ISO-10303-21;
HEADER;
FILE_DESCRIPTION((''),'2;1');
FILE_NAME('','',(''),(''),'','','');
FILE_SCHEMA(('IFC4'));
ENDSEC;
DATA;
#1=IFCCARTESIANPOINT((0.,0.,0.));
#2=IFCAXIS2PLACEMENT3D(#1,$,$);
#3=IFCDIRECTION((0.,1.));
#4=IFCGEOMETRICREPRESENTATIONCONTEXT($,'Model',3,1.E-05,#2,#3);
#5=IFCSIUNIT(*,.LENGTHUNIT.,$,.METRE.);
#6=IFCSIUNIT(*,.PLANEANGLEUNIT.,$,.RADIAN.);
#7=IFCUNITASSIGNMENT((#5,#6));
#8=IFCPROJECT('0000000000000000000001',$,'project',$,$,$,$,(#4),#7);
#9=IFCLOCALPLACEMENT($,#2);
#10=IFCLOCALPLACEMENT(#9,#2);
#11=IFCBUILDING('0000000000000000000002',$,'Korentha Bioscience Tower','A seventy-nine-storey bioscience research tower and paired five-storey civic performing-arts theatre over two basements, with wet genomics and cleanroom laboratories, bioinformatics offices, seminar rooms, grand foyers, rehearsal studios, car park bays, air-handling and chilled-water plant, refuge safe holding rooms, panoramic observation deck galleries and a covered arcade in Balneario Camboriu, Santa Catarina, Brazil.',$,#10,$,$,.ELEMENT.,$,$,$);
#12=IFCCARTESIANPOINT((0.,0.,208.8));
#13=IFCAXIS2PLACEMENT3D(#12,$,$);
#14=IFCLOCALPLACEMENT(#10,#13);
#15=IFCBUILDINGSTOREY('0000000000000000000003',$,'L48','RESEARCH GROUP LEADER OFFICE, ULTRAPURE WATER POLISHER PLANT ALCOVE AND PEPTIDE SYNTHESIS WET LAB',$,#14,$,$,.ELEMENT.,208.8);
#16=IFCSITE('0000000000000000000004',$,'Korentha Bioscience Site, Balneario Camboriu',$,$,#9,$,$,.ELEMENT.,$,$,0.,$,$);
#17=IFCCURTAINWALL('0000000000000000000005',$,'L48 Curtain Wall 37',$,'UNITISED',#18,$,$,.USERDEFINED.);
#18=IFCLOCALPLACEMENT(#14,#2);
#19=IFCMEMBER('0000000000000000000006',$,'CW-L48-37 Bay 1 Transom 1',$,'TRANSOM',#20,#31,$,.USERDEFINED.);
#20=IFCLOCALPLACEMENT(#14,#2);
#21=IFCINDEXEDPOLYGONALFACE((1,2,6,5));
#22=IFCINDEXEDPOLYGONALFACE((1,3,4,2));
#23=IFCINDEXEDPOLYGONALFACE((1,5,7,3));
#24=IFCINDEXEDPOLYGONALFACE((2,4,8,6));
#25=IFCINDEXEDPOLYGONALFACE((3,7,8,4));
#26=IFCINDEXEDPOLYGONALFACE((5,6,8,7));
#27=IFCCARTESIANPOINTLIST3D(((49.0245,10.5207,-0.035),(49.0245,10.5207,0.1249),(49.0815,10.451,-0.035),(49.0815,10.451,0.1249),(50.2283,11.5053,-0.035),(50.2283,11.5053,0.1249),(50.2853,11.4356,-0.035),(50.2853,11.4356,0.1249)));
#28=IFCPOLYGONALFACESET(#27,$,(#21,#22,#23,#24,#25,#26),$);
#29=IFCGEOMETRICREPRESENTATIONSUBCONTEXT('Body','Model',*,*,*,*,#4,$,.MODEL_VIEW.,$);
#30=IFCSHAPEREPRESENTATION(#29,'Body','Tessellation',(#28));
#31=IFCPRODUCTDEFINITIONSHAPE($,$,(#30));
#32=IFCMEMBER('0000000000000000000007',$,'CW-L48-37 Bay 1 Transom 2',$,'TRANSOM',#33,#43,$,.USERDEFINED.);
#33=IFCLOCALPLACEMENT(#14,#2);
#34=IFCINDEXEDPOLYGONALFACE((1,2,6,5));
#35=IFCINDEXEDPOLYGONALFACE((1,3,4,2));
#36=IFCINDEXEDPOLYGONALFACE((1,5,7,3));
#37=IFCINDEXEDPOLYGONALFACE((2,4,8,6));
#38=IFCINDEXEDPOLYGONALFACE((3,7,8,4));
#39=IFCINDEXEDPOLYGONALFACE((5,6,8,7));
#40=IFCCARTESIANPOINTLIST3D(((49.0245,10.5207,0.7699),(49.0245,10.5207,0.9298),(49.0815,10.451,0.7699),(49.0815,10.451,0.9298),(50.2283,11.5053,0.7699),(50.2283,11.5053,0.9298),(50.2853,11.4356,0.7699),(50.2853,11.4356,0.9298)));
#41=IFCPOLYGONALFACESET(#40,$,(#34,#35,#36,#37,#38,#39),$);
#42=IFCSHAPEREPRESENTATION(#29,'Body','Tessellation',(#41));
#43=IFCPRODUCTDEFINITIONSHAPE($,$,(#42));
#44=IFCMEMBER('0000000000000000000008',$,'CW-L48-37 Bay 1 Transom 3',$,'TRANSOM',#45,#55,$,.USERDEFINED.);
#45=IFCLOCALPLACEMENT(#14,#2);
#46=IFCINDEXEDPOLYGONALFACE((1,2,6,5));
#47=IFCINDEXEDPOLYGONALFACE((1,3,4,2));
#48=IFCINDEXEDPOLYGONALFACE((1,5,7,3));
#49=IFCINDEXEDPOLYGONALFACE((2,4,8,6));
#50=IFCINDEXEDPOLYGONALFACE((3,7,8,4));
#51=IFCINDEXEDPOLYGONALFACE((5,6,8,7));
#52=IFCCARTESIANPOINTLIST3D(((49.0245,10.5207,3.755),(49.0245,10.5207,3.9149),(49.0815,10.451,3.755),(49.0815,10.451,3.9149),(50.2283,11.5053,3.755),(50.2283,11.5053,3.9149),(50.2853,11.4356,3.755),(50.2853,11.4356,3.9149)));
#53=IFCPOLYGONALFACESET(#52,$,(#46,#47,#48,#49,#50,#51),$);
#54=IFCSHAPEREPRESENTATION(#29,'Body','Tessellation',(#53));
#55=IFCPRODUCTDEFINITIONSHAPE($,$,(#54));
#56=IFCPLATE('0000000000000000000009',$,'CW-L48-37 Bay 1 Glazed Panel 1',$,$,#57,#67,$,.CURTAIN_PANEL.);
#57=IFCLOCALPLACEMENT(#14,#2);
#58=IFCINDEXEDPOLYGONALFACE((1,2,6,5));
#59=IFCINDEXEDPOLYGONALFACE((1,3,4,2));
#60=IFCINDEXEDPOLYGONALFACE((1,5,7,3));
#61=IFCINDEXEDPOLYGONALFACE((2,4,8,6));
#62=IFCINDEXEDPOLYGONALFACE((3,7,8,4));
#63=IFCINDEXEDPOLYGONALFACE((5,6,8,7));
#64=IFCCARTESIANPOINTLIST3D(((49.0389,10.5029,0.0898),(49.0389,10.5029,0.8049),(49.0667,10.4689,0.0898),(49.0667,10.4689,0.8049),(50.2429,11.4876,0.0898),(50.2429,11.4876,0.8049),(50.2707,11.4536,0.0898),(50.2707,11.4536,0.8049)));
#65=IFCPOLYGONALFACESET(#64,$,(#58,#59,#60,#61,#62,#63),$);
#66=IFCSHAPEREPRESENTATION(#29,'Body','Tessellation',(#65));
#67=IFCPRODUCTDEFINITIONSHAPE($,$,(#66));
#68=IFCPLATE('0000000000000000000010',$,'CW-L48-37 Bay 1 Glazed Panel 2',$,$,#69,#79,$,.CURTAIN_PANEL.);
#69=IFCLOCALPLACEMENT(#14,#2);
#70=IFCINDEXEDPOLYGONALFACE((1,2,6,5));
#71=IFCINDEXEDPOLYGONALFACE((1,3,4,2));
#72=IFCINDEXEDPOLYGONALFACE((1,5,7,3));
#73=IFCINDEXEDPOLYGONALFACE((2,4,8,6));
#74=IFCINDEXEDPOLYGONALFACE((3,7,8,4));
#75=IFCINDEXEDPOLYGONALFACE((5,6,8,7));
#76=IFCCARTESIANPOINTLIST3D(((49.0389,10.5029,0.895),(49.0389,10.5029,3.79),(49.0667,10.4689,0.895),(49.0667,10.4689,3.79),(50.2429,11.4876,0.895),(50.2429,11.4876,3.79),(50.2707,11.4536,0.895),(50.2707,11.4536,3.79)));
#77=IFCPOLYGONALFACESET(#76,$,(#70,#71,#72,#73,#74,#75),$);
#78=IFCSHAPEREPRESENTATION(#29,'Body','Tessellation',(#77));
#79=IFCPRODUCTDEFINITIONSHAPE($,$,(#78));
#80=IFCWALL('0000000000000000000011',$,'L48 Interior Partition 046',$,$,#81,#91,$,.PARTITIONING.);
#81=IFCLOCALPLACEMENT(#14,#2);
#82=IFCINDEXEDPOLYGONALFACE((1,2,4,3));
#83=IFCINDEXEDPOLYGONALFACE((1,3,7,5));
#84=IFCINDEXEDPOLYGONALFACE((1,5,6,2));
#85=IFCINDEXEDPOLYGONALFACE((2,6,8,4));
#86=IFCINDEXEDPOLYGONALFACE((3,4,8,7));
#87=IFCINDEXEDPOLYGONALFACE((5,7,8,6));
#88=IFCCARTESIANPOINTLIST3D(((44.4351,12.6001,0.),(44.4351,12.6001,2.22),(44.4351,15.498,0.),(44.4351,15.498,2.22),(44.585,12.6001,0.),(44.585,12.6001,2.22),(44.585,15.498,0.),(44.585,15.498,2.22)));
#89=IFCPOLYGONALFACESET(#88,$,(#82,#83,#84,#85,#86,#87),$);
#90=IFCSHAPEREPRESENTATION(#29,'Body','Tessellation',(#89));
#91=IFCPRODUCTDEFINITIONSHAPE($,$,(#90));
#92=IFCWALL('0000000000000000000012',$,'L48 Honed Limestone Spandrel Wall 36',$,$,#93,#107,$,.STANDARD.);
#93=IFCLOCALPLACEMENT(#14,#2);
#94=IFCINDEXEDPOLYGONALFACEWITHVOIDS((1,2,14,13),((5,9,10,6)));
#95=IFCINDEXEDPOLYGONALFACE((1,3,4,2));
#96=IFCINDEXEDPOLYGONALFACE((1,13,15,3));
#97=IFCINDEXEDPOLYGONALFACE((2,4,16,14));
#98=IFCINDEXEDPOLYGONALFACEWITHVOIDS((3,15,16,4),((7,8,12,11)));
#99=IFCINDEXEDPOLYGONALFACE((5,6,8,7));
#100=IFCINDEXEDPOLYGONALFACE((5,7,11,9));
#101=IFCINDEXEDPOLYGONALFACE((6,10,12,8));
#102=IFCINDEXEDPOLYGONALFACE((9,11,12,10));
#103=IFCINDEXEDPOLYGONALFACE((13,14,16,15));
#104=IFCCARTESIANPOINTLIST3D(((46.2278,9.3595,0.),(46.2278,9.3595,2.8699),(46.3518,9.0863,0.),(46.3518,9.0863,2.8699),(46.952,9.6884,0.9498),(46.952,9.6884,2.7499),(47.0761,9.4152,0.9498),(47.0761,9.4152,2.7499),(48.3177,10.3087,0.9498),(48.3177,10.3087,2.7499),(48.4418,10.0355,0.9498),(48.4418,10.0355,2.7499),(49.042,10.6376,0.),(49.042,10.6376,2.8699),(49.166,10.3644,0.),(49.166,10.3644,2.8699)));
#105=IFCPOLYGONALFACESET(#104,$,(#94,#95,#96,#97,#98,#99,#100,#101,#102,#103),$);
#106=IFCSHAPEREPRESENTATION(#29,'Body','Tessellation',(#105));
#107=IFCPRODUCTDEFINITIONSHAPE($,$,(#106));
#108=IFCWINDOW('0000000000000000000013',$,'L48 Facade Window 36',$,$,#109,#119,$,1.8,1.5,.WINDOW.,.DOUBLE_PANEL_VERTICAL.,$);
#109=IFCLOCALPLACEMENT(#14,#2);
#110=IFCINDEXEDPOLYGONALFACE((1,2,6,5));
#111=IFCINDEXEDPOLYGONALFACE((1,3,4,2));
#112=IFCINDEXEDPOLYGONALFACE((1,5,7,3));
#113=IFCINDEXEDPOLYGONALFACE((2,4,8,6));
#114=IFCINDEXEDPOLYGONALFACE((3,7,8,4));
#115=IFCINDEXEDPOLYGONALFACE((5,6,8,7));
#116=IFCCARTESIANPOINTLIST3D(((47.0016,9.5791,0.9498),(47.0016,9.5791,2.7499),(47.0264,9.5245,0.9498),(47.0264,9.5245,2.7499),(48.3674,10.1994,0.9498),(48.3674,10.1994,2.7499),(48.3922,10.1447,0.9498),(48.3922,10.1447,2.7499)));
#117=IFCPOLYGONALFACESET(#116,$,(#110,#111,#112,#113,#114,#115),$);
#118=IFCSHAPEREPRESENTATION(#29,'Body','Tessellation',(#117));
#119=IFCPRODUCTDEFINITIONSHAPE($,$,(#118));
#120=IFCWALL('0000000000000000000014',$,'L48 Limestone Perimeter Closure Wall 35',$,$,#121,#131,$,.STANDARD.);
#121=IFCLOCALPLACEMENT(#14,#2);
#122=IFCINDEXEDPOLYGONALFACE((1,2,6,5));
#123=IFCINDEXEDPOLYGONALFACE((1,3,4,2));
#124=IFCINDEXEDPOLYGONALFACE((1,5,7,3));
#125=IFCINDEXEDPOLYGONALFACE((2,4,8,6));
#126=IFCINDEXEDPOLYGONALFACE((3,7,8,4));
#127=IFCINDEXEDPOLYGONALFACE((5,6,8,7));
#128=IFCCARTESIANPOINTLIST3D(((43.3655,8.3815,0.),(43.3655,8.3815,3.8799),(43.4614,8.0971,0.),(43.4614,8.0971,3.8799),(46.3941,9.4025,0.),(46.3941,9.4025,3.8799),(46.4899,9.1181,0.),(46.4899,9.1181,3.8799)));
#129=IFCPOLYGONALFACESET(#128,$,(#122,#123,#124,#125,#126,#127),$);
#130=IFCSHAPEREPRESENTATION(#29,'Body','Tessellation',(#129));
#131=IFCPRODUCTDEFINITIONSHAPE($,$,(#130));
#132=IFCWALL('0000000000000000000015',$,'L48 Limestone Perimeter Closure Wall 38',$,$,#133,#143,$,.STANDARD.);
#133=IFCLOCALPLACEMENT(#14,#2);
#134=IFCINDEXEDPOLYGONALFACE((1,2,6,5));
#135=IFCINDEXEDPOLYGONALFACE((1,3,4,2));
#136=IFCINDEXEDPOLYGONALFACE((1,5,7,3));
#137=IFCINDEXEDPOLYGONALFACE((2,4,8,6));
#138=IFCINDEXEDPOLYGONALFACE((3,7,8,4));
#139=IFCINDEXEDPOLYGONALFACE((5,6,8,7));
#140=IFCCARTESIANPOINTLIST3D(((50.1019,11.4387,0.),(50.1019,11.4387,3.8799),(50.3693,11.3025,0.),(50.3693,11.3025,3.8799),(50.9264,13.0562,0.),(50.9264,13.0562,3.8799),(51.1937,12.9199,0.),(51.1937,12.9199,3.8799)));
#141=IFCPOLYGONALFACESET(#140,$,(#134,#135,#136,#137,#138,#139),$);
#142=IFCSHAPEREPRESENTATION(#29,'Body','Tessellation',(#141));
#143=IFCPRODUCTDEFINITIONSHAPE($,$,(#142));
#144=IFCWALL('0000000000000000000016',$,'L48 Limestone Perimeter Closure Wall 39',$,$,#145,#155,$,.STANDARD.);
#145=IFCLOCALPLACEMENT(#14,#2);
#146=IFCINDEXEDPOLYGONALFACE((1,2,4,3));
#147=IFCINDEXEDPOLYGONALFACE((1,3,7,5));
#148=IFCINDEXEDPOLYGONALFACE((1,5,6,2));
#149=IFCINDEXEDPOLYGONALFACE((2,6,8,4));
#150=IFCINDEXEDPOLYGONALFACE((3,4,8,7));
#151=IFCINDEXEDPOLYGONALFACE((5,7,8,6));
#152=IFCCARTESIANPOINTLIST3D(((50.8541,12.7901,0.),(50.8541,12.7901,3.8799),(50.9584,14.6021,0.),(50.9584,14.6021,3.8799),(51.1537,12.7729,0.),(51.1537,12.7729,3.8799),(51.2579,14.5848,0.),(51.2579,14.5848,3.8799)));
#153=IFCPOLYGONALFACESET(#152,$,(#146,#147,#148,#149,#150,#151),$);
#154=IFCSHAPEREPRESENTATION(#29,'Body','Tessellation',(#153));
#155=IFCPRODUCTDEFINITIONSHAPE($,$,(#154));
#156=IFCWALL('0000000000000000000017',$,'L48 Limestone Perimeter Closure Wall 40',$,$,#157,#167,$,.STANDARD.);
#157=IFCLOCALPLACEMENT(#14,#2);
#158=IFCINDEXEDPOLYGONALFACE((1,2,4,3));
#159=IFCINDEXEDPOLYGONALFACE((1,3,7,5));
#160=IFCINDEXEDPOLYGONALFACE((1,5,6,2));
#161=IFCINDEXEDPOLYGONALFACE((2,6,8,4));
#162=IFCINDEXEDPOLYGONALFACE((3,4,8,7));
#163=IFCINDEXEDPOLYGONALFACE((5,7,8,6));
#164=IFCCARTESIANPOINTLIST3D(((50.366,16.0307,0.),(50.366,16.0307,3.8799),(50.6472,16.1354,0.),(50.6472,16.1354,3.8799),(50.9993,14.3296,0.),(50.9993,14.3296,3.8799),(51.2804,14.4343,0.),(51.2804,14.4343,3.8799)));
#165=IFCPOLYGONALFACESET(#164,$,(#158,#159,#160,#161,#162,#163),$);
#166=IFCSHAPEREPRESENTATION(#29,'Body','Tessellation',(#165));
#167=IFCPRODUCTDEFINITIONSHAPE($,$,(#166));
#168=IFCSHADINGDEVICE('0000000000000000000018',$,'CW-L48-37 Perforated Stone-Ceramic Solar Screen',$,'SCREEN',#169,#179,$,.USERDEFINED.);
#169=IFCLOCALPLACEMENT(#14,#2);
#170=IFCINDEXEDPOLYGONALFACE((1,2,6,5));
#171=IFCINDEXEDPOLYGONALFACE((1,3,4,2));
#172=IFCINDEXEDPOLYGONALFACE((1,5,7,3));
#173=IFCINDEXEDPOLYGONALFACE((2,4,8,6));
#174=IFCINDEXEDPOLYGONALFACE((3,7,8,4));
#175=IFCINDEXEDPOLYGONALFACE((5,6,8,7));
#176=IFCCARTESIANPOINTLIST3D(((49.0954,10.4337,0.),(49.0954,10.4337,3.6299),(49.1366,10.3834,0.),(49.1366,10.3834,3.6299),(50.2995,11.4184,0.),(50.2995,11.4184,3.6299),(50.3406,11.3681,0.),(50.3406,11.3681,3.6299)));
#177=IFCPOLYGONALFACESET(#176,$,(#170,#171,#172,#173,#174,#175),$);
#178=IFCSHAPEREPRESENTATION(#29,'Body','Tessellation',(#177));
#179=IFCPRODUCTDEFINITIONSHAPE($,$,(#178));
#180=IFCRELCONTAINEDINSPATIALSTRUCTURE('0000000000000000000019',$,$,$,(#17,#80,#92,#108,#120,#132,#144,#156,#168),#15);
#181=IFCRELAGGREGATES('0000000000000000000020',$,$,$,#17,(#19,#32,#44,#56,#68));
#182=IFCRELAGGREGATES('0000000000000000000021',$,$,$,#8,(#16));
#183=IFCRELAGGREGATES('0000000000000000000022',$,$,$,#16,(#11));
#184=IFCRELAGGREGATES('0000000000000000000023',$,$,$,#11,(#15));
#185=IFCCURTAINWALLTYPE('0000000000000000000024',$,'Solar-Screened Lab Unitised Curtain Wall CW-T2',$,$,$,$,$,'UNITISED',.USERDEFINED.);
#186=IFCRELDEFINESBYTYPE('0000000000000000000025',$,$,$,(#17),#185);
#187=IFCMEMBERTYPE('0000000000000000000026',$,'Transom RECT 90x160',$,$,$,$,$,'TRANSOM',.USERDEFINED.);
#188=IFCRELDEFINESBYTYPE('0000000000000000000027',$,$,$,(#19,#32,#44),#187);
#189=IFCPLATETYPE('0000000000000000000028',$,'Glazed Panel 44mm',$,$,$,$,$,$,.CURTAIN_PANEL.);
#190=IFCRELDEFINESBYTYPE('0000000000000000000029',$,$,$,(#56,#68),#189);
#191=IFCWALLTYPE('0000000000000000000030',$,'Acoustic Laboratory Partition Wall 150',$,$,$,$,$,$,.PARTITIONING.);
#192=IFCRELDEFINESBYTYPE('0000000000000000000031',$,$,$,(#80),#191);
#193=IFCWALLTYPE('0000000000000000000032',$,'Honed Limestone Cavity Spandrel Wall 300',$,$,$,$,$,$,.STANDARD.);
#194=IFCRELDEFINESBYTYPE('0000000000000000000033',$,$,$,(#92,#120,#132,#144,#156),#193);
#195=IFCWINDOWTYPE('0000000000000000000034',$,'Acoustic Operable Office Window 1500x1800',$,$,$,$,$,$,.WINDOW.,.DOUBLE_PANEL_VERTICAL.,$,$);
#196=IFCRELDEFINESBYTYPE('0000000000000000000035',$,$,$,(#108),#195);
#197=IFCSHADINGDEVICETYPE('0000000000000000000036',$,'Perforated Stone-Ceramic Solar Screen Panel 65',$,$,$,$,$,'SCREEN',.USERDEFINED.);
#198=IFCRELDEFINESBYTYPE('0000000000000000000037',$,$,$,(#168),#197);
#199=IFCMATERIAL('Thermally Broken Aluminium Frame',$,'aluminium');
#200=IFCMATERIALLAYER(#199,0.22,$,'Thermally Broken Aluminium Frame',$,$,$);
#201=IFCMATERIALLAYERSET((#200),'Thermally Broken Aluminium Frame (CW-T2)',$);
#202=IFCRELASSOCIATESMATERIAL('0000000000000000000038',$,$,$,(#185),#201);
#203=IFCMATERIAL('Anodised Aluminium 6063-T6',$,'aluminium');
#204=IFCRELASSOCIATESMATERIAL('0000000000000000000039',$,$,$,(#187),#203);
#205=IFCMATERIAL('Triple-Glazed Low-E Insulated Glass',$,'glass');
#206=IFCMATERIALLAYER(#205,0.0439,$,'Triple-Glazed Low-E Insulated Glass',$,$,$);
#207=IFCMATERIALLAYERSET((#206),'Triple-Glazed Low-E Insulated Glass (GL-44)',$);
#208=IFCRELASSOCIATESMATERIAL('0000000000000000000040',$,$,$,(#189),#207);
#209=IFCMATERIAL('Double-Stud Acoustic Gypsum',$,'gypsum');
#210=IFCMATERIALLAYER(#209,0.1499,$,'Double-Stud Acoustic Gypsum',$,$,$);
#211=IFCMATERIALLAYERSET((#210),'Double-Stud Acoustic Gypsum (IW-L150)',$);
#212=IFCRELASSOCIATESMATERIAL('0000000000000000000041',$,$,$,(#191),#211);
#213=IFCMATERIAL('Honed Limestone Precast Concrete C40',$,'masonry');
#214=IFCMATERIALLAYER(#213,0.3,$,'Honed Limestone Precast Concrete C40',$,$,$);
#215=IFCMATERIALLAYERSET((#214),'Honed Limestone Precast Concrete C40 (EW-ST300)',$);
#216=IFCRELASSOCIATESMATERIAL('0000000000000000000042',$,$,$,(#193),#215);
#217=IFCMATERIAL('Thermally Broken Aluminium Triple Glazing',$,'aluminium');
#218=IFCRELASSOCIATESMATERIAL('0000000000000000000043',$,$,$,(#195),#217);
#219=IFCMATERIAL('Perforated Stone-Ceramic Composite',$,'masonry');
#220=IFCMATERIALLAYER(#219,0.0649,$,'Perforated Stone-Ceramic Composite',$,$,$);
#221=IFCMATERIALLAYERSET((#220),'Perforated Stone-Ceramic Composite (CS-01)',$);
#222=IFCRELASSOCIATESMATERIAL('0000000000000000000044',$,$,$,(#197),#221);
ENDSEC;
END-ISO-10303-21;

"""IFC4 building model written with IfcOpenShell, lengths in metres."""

from ifc_helpers import new_model, si_unit, direction, frame, frame_2d, origin, origin_2d, place, context, subcontext, project, spatial, rectangle, extrude, material, layer, layer_set, material_profile, profile_set, type_object, element, fill, aggregate, save


model = new_model("IFC4")

# Units and contexts
model_context = context("Model", 3, precision=1e-05, world=origin(), true_north=direction((0.0, 1.0)))
body_context = subcontext(model_context, "Body", "Model", "MODEL_VIEW")
ifc_project = project(units=[si_unit("LENGTHUNIT", "METRE"), si_unit("PLANEANGLEUNIT", "RADIAN")], contexts=[model_context])

# Site, building, storey
site_placement = place(None, origin())
site = spatial("IfcSite", under=ifc_project, at=site_placement, Name="Korentha Bioscience Site, Balneario Camboriu", CompositionType="ELEMENT", RefElevation=0.0)
building_placement = place(site_placement, origin())
building = spatial("IfcBuilding", under=site, at=building_placement, Name="Korentha Bioscience Tower", Description="A seventy-nine-storey bioscience research tower and paired five-storey civic performing-arts theatre over two basements, with wet genomics and cleanroom laboratories, bioinformatics offices, seminar rooms, grand foyers, rehearsal studios, car park bays, air-handling and chilled-water plant, refuge safe holding rooms, panoramic observation deck galleries and a covered arcade in Balneario Camboriu, Santa Catarina, Brazil.", CompositionType="ELEMENT")
storey_placement = place(building_placement, frame((0.0, 0.0, 208.8)))
storey = spatial("IfcBuildingStorey", under=building, at=storey_placement, Name="L48", Description="RESEARCH GROUP LEADER OFFICE, ULTRAPURE WATER POLISHER PLANT ALCOVE AND PEPTIDE SYNTHESIS WET LAB", CompositionType="ELEMENT", Elevation=208.8)

# Curtain wall, members, plates
ifc_material_1 = material(Name="Thermally Broken Aluminium Frame", Category="aluminium")
ifc_layer_1 = layer(ifc_material_1, 0.22, Name="Thermally Broken Aluminium Frame")
ifc_layer_set_1 = layer_set([ifc_layer_1], Name="Thermally Broken Aluminium Frame (CW-T2)")
curtain_wall_type = type_object("IfcCurtainWallType", Name="Solar-Screened Lab Unitised Curtain Wall CW-T2", ElementType="UNITISED", PredefinedType="USERDEFINED", material=ifc_layer_set_1)
curtain_wall_placement = place(storey_placement, origin())
curtain_wall = element("IfcCurtainWall", 1, at=curtain_wall_placement, inside=storey, type_object=curtain_wall_type, Name="L48 Curtain Wall 37", ObjectType="UNITISED", PredefinedType="USERDEFINED")
ifc_material_2 = material(Name="Anodised Aluminium 6063-T6", Category="aluminium")
ifc_material_profile_1 = material_profile(ifc_material_2, rectangle(XDim=0.0901, YDim=0.1599, at=origin_2d()), Name="Anodised Aluminium 6063-T6")
ifc_profile_set_1 = profile_set([ifc_material_profile_1], Name="Anodised Aluminium 6063-T6 (CW-TRN)")
member_type_1 = type_object("IfcMemberType", Name="Transom RECT 90x160", ElementType="TRANSOM", PredefinedType="USERDEFINED", material=ifc_profile_set_1)
member_1_placement = place(storey_placement, frame((49.053, 10.4858, 0.0449), z_axis=(0.774069, 0.633101, 0.0), x_axis=(-0.633101, 0.774069, 0.0)))
member_1 = element("IfcMember", 2, at=member_1_placement, type_object=member_type_1, Name="CW-L48-37 Bay 1 Transom 1", ObjectType="TRANSOM", PredefinedType="USERDEFINED", context=body_context, shape_type="SweptSolid", body=[
    extrude(rectangle(XDim=0.0901, YDim=0.1599, at=origin_2d()), origin(), (0.0, 0.0, 1.0), 1.5552),
])
member_2_placement = place(storey_placement, frame((49.053, 10.4858, 0.8499), z_axis=(0.774069, 0.633101, 0.0), x_axis=(-0.633101, 0.774069, 0.0)))
member_2 = element("IfcMember", 3, at=member_2_placement, type_object=member_type_1, Name="CW-L48-37 Bay 1 Transom 2", ObjectType="TRANSOM", PredefinedType="USERDEFINED", context=body_context, shape_type="SweptSolid", body=[
    extrude(rectangle(XDim=0.0901, YDim=0.1599, at=origin_2d()), origin(), (0.0, 0.0, 1.0), 1.5552),
])
member_3_placement = place(storey_placement, frame((49.053, 10.4858, 3.835), z_axis=(0.774069, 0.633101, 0.0), x_axis=(-0.633101, 0.774069, 0.0)))
member_3 = element("IfcMember", 4, at=member_3_placement, type_object=member_type_1, Name="CW-L48-37 Bay 1 Transom 3", ObjectType="TRANSOM", PredefinedType="USERDEFINED", context=body_context, shape_type="SweptSolid", body=[
    extrude(rectangle(XDim=0.0901, YDim=0.1599, at=origin_2d()), origin(), (0.0, 0.0, 1.0), 1.5552),
])
ifc_material_3 = material(Name="Triple-Glazed Low-E Insulated Glass", Category="glass")
ifc_layer_2 = layer(ifc_material_3, 0.0439, Name="Triple-Glazed Low-E Insulated Glass")
ifc_layer_set_2 = layer_set([ifc_layer_2], Name="Triple-Glazed Low-E Insulated Glass (GL-44)")
plate_type = type_object("IfcPlateType", Name="Glazed Panel 44mm", PredefinedType="CURTAIN_PANEL", material=ifc_layer_set_2)
plate_1_placement = place(storey_placement, frame((49.6548, 10.9783, 0.0898), z_axis=(0.0, 0.0, 1.0), x_axis=(0.774088, 0.633078, 0.0)))
plate_1 = element("IfcPlate", 5, at=plate_1_placement, type_object=plate_type, Name="CW-L48-37 Bay 1 Glazed Panel 1", PredefinedType="CURTAIN_PANEL", context=body_context, shape_type="SweptSolid", body=[
    extrude(rectangle(XDim=1.5554, YDim=0.0439, at=origin_2d()), origin(), (0.0, 0.0, 1.0), 0.7151),
])
plate_2_placement = place(storey_placement, frame((49.6548, 10.9783, 0.895), z_axis=(0.0, 0.0, 1.0), x_axis=(0.774088, 0.633078, 0.0)))
plate_2 = element("IfcPlate", 6, at=plate_2_placement, type_object=plate_type, Name="CW-L48-37 Bay 1 Glazed Panel 2", PredefinedType="CURTAIN_PANEL", context=body_context, shape_type="SweptSolid", body=[
    extrude(rectangle(XDim=1.5554, YDim=0.0439, at=origin_2d()), origin(), (0.0, 0.0, 1.0), 2.895),
])
aggregate(curtain_wall, [member_1, member_2, member_3, plate_1, plate_2])

# Wall
ifc_material_4 = material(Name="Double-Stud Acoustic Gypsum", Category="gypsum")
ifc_layer_3 = layer(ifc_material_4, 0.1499, Name="Double-Stud Acoustic Gypsum")
ifc_layer_set_3 = layer_set([ifc_layer_3], Name="Double-Stud Acoustic Gypsum (IW-L150)")
wall_type_1 = type_object("IfcWallType", Name="Acoustic Laboratory Partition Wall 150", PredefinedType="PARTITIONING", material=ifc_layer_set_3)
wall_1_placement = place(storey_placement, frame((44.51, 12.6001, 0.0), z_axis=(0.0, 0.0, 1.0), x_axis=(0.0, 1.0, 0.0)))
element("IfcWall", 7, at=wall_1_placement, inside=storey, type_object=wall_type_1, Name="L48 Interior Partition 046", PredefinedType="PARTITIONING", context=body_context, shape_type="SweptSolid", body=[
    extrude(rectangle(XDim=2.8979, YDim=0.1499, at=frame_2d((1.449, 0.0))), origin(), (0.0, 0.0, 1.0), 2.22),
])

# Wall, opening, window
ifc_material_5 = material(Name="Honed Limestone Precast Concrete C40", Category="masonry")
ifc_layer_4 = layer(ifc_material_5, 0.3, Name="Honed Limestone Precast Concrete C40")
ifc_layer_set_4 = layer_set([ifc_layer_4], Name="Honed Limestone Precast Concrete C40 (EW-ST300)")
wall_type_2 = type_object("IfcWallType", Name="Honed Limestone Cavity Spandrel Wall 300", PredefinedType="STANDARD", material=ifc_layer_set_4)
wall_2_placement = place(storey_placement, frame((46.2898, 9.2229, 0.0), z_axis=(0.0, 0.0, 1.0), x_axis=(0.910502, 0.413505, 0.0)))
wall_2 = element("IfcWall", 8, at=wall_2_placement, inside=storey, type_object=wall_type_2, Name="L48 Honed Limestone Spandrel Wall 36", PredefinedType="STANDARD", context=body_context, shape_type="SweptSolid", body=[
    extrude(rectangle(XDim=3.0908, YDim=0.3, at=frame_2d((1.5454, 0.0))), origin(), (0.0, 0.0, 1.0), 2.8699),
])
opening_placement = place(wall_2_placement, frame((0.7954, 0.0, 0.95)))
opening = element("IfcOpeningElement", 9, at=opening_placement, cuts=wall_2, PredefinedType="OPENING", context=body_context, shape_type="SweptSolid", body=[
    extrude(rectangle(XDim=1.5, YDim=1.8, at=frame_2d((0.75, 0.8999))), frame((0.0, 0.165, 0.0), z_axis=(0.0, -1.0, 0.0), x_axis=(1.0, 0.0, 0.0)), (0.0, 0.0, 1.0), 0.3298),
])
ifc_material_6 = material(Name="Thermally Broken Aluminium Triple Glazing", Category="aluminium")
window_type = type_object("IfcWindowType", Name="Acoustic Operable Office Window 1500x1800", PartitioningType="DOUBLE_PANEL_VERTICAL", PredefinedType="WINDOW", material=ifc_material_6)
window_placement = place(opening_placement, origin())
window = element("IfcWindow", 10, at=window_placement, inside=storey, type_object=window_type, Name="L48 Facade Window 36", OverallHeight=1.8, OverallWidth=1.5, PartitioningType="DOUBLE_PANEL_VERTICAL", PredefinedType="WINDOW", context=body_context, shape_type="SweptSolid", body=[
    extrude(rectangle(XDim=1.5, YDim=1.8, at=frame_2d((0.75, 0.8999))), frame((0.0, 0.03, 0.0), z_axis=(0.0, -1.0, 0.0), x_axis=(1.0, 0.0, 0.0)), (0.0, 0.0, 1.0), 0.0601),
])
fill(opening, window)

# Walls
wall_3_placement = place(storey_placement, frame((43.4133, 8.2393, 0.0), z_axis=(0.0, 0.0, 1.0), x_axis=(0.947601, 0.319457, 0.0)))
element("IfcWall", 11, at=wall_3_placement, inside=storey, type_object=wall_type_2, Name="L48 Limestone Perimeter Closure Wall 35", PredefinedType="STANDARD", context=body_context, shape_type="SweptSolid", body=[
    extrude(rectangle(XDim=3.196, YDim=0.3, at=frame_2d((1.5981, 0.0))), origin(), (0.0, 0.0, 1.0), 3.8799),
])
wall_4_placement = place(storey_placement, frame((50.2356, 11.3706, 0.0), z_axis=(0.0, 0.0, 1.0), x_axis=(0.454139, 0.890931, 0.0)))
element("IfcWall", 12, at=wall_4_placement, inside=storey, type_object=wall_type_2, Name="L48 Limestone Perimeter Closure Wall 38", PredefinedType="STANDARD", context=body_context, shape_type="SweptSolid", body=[
    extrude(rectangle(XDim=1.8154, YDim=0.3, at=frame_2d((0.9077, 0.0))), origin(), (0.0, 0.0, 1.0), 3.8799),
])
wall_5_placement = place(storey_placement, frame((51.0039, 12.7815, 0.0), z_axis=(0.0, 0.0, 1.0), x_axis=(0.057437, 0.998349, 0.0)))
element("IfcWall", 13, at=wall_5_placement, inside=storey, type_object=wall_type_2, Name="L48 Limestone Perimeter Closure Wall 39", PredefinedType="STANDARD", context=body_context, shape_type="SweptSolid", body=[
    extrude(rectangle(XDim=1.8149, YDim=0.3, at=frame_2d((0.9075, 0.0))), origin(), (0.0, 0.0, 1.0), 3.8799),
])
wall_6_placement = place(storey_placement, frame((51.1399, 14.3818, 0.0), z_axis=(0.0, 0.0, 1.0), x_axis=(-0.348882, 0.937167, 0.0)))
element("IfcWall", 14, at=wall_6_placement, inside=storey, type_object=wall_type_2, Name="L48 Limestone Perimeter Closure Wall 40", PredefinedType="STANDARD", context=body_context, shape_type="SweptSolid", body=[
    extrude(rectangle(XDim=1.8152, YDim=0.3, at=frame_2d((0.9077, 0.0))), origin(), (0.0, 0.0, 1.0), 3.8799),
])

# Shading device
ifc_material_7 = material(Name="Perforated Stone-Ceramic Composite", Category="masonry")
ifc_layer_5 = layer(ifc_material_7, 0.0649, Name="Perforated Stone-Ceramic Composite")
ifc_layer_set_5 = layer_set([ifc_layer_5], Name="Perforated Stone-Ceramic Composite (CS-01)")
shading_device_type_1 = type_object("IfcShadingDeviceType", Name="Perforated Stone-Ceramic Solar Screen Panel 65", ElementType="SCREEN", PredefinedType="USERDEFINED", material=ifc_layer_set_5)
shading_device_1_placement = place(storey_placement, frame((49.718, 10.9009, 0.0), z_axis=(0.0, 0.0, 1.0), x_axis=(0.774088, 0.633078, 0.0)))
element("IfcShadingDevice", 15, at=shading_device_1_placement, inside=storey, type_object=shading_device_type_1, Name="CW-L48-37 Perforated Stone-Ceramic Solar Screen", ObjectType="SCREEN", PredefinedType="USERDEFINED", context=body_context, shape_type="SweptSolid", body=[
    extrude(rectangle(XDim=1.5554, YDim=0.0649, at=origin_2d()), origin(), (0.0, 0.0, 1.0), 3.6299),
])

save(model, "model.ifc")
